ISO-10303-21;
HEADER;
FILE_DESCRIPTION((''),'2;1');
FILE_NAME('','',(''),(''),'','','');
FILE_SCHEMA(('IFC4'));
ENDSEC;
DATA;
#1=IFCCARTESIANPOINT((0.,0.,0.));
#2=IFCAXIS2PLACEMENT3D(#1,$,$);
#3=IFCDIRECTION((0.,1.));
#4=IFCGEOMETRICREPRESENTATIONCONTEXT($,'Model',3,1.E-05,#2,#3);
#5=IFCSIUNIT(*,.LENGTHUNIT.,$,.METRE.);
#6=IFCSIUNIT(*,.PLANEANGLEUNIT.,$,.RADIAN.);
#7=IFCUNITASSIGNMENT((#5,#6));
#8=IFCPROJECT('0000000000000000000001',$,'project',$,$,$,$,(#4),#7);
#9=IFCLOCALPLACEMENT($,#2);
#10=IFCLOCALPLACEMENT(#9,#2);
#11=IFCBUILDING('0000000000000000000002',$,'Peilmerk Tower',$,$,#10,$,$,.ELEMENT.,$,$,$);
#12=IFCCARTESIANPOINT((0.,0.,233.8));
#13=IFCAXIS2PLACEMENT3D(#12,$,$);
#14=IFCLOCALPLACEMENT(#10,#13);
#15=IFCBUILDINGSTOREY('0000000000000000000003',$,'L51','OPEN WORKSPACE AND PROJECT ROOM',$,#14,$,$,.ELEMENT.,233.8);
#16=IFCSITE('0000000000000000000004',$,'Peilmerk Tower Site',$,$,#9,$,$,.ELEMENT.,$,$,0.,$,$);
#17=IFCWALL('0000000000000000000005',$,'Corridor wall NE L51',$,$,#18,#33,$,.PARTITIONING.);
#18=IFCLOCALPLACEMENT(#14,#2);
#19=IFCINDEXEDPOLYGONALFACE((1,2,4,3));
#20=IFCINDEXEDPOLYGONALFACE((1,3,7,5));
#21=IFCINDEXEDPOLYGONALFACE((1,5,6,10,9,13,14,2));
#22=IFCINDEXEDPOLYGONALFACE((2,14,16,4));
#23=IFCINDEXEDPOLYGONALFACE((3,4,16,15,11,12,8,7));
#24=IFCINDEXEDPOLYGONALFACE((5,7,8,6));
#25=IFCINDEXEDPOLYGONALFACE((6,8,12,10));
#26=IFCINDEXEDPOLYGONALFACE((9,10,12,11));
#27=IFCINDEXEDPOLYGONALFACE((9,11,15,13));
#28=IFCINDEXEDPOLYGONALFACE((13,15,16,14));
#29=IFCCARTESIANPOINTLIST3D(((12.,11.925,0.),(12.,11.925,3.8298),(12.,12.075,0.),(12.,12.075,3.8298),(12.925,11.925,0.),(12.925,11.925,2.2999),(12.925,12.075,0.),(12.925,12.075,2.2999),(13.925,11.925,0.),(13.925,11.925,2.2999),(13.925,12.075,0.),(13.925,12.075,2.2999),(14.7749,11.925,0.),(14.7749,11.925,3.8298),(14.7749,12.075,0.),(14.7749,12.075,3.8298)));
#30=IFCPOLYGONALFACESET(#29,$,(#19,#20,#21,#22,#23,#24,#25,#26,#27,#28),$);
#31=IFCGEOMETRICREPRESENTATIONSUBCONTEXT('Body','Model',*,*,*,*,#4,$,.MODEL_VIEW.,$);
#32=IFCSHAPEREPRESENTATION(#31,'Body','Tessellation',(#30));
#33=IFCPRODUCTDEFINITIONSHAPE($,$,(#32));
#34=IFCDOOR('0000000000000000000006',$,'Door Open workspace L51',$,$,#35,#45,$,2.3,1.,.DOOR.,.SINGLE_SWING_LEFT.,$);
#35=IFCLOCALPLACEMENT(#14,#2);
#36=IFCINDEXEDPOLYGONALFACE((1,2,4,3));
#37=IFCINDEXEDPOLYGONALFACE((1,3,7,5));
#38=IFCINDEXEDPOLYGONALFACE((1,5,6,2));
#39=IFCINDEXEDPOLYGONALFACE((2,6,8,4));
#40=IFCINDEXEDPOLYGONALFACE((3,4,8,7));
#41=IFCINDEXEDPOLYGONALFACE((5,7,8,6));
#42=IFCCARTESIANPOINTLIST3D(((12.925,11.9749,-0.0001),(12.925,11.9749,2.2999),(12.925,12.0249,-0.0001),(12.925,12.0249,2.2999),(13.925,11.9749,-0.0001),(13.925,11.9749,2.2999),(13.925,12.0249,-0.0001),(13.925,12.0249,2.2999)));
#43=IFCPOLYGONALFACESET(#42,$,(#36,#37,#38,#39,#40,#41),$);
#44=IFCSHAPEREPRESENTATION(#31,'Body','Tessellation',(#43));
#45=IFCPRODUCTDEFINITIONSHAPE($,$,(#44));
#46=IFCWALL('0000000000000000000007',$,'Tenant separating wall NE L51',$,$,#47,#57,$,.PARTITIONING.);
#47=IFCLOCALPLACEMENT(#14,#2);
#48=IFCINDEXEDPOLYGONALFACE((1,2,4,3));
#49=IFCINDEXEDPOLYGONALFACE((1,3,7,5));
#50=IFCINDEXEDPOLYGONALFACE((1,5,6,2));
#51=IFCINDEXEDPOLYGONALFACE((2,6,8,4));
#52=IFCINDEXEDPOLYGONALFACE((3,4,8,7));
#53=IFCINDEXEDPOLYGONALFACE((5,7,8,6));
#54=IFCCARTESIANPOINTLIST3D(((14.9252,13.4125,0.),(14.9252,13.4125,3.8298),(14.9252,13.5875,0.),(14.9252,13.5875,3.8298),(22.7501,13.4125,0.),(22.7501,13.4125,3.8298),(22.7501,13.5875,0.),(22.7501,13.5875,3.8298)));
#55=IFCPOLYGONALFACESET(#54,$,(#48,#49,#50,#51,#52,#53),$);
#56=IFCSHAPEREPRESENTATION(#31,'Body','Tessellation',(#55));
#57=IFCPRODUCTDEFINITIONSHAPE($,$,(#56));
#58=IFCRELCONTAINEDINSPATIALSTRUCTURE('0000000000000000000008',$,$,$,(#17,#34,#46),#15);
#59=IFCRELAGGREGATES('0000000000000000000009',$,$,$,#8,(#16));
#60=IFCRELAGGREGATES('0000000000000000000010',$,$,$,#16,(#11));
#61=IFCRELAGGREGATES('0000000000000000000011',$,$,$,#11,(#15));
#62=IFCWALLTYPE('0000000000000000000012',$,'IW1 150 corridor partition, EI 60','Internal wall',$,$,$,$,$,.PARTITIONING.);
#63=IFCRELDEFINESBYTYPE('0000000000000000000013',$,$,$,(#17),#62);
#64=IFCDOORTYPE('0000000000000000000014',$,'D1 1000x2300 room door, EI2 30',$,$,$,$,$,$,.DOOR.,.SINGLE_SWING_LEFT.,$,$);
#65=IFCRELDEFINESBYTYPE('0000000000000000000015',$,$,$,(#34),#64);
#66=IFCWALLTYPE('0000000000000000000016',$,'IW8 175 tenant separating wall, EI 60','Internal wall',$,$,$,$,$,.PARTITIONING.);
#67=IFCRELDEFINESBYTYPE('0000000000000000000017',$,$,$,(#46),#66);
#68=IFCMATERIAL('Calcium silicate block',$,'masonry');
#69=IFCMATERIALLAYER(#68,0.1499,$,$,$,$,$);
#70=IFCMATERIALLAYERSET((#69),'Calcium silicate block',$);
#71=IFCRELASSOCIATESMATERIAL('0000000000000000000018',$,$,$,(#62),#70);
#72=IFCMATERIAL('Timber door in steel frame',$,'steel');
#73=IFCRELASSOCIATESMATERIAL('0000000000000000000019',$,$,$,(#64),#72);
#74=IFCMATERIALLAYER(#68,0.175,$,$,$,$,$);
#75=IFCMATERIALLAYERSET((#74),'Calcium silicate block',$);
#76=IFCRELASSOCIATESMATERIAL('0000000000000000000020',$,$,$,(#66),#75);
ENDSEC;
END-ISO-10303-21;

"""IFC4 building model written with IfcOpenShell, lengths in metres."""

from ifc_helpers import new_model, si_unit, direction, frame, frame_2d, origin, place, context, subcontext, project, spatial, rectangle, extrude, material, layer, layer_set, type_object, element, fill, save


model = new_model("IFC4")

# Units and contexts
model_context = context("Model", 3, precision=1e-05, world=origin(), true_north=direction((0.0, 1.0)))
body_context = subcontext(model_context, "Body", "Model", "MODEL_VIEW")
ifc_project = project(units=[si_unit("LENGTHUNIT", "METRE"), si_unit("PLANEANGLEUNIT", "RADIAN")], contexts=[model_context])

# Site, building, storey
site_placement = place(None, origin())
site = spatial("IfcSite", under=ifc_project, at=site_placement, Name="Peilmerk Tower Site", CompositionType="ELEMENT", RefElevation=0.0)
building_placement = place(site_placement, origin())
building = spatial("IfcBuilding", under=site, at=building_placement, Name="Peilmerk Tower", CompositionType="ELEMENT")
storey_placement = place(building_placement, frame((0.0, 0.0, 233.8)))
storey = spatial("IfcBuildingStorey", under=building, at=storey_placement, Name="L51", Description="OPEN WORKSPACE AND PROJECT ROOM", CompositionType="ELEMENT", Elevation=233.8)

# Wall, opening, door
ifc_material_1 = material(Name="Calcium silicate block", Category="masonry")
ifc_layer_1 = layer(ifc_material_1, 0.1499)
ifc_layer_set_1 = layer_set([ifc_layer_1], Name="Calcium silicate block")
wall_type_1 = type_object("IfcWallType", Name="IW1 150 corridor partition, EI 60", Description="Internal wall", PredefinedType="PARTITIONING", material=ifc_layer_set_1)
wall_1_placement = place(storey_placement, frame((12.0, 12.0, 0.0), z_axis=(0.0, 0.0, 1.0), x_axis=(1.0, 0.0, 0.0)))
wall_1 = element("IfcWall", 1, at=wall_1_placement, inside=storey, type_object=wall_type_1, Name="Corridor wall NE L51", PredefinedType="PARTITIONING", context=body_context, shape_type="SweptSolid", body=[
    extrude(rectangle(XDim=2.7749, YDim=0.1499, at=frame_2d((1.3875, 0.0))), origin(), (0.0, 0.0, 1.0), 3.8298),
])
opening_placement = place(wall_1_placement, frame((0.925, 0.0, 0.0)))
opening = element("IfcOpeningElement", 2, at=opening_placement, cuts=wall_1, PredefinedType="OPENING", context=body_context, shape_type="SweptSolid", body=[
    extrude(rectangle(XDim=1.0, YDim=2.3, at=frame_2d((0.5, 1.1499))), frame((0.0, 0.085, 0.0), z_axis=(0.0, -1.0, 0.0), x_axis=(1.0, 0.0, 0.0)), (0.0, 0.0, 1.0), 0.1699),
])
ifc_material_2 = material(Name="Timber door in steel frame", Category="steel")
door_type = type_object("IfcDoorType", Name="D1 1000x2300 room door, EI2 30", OperationType="SINGLE_SWING_LEFT", PredefinedType="DOOR", material=ifc_material_2)
door_placement = place(opening_placement, origin())
door = element("IfcDoor", 3, at=door_placement, inside=storey, type_object=door_type, Name="Door Open workspace L51", OperationType="SINGLE_SWING_LEFT", OverallHeight=2.3, OverallWidth=1.0, PredefinedType="DOOR", context=body_context, shape_type="SweptSolid", body=[
    extrude(rectangle(XDim=1.0, YDim=2.3, at=frame_2d((0.5, 1.1499))), frame((0.0, 0.0249, 0.0), z_axis=(0.0, -1.0, 0.0), x_axis=(1.0, 0.0, 0.0)), (0.0, 0.0, 1.0), 0.05),
])
fill(opening, door)

# Wall
ifc_layer_2 = layer(ifc_material_1, 0.175)
ifc_layer_set_2 = layer_set([ifc_layer_2], Name="Calcium silicate block")
wall_type_2 = type_object("IfcWallType", Name="IW8 175 tenant separating wall, EI 60", Description="Internal wall", PredefinedType="PARTITIONING", material=ifc_layer_set_2)
wall_2_placement = place(storey_placement, frame((14.925, 13.5, 0.0), z_axis=(0.0, 0.0, 1.0), x_axis=(1.0, 0.0, 0.0)))
element("IfcWall", 4, at=wall_2_placement, inside=storey, type_object=wall_type_2, Name="Tenant separating wall NE L51", PredefinedType="PARTITIONING", context=body_context, shape_type="SweptSolid", body=[
    extrude(rectangle(XDim=7.825, YDim=0.175, at=frame_2d((3.9126, 0.0))), origin(), (0.0, 0.0, 1.0), 3.8298),
])

save(model, "model.ifc")
